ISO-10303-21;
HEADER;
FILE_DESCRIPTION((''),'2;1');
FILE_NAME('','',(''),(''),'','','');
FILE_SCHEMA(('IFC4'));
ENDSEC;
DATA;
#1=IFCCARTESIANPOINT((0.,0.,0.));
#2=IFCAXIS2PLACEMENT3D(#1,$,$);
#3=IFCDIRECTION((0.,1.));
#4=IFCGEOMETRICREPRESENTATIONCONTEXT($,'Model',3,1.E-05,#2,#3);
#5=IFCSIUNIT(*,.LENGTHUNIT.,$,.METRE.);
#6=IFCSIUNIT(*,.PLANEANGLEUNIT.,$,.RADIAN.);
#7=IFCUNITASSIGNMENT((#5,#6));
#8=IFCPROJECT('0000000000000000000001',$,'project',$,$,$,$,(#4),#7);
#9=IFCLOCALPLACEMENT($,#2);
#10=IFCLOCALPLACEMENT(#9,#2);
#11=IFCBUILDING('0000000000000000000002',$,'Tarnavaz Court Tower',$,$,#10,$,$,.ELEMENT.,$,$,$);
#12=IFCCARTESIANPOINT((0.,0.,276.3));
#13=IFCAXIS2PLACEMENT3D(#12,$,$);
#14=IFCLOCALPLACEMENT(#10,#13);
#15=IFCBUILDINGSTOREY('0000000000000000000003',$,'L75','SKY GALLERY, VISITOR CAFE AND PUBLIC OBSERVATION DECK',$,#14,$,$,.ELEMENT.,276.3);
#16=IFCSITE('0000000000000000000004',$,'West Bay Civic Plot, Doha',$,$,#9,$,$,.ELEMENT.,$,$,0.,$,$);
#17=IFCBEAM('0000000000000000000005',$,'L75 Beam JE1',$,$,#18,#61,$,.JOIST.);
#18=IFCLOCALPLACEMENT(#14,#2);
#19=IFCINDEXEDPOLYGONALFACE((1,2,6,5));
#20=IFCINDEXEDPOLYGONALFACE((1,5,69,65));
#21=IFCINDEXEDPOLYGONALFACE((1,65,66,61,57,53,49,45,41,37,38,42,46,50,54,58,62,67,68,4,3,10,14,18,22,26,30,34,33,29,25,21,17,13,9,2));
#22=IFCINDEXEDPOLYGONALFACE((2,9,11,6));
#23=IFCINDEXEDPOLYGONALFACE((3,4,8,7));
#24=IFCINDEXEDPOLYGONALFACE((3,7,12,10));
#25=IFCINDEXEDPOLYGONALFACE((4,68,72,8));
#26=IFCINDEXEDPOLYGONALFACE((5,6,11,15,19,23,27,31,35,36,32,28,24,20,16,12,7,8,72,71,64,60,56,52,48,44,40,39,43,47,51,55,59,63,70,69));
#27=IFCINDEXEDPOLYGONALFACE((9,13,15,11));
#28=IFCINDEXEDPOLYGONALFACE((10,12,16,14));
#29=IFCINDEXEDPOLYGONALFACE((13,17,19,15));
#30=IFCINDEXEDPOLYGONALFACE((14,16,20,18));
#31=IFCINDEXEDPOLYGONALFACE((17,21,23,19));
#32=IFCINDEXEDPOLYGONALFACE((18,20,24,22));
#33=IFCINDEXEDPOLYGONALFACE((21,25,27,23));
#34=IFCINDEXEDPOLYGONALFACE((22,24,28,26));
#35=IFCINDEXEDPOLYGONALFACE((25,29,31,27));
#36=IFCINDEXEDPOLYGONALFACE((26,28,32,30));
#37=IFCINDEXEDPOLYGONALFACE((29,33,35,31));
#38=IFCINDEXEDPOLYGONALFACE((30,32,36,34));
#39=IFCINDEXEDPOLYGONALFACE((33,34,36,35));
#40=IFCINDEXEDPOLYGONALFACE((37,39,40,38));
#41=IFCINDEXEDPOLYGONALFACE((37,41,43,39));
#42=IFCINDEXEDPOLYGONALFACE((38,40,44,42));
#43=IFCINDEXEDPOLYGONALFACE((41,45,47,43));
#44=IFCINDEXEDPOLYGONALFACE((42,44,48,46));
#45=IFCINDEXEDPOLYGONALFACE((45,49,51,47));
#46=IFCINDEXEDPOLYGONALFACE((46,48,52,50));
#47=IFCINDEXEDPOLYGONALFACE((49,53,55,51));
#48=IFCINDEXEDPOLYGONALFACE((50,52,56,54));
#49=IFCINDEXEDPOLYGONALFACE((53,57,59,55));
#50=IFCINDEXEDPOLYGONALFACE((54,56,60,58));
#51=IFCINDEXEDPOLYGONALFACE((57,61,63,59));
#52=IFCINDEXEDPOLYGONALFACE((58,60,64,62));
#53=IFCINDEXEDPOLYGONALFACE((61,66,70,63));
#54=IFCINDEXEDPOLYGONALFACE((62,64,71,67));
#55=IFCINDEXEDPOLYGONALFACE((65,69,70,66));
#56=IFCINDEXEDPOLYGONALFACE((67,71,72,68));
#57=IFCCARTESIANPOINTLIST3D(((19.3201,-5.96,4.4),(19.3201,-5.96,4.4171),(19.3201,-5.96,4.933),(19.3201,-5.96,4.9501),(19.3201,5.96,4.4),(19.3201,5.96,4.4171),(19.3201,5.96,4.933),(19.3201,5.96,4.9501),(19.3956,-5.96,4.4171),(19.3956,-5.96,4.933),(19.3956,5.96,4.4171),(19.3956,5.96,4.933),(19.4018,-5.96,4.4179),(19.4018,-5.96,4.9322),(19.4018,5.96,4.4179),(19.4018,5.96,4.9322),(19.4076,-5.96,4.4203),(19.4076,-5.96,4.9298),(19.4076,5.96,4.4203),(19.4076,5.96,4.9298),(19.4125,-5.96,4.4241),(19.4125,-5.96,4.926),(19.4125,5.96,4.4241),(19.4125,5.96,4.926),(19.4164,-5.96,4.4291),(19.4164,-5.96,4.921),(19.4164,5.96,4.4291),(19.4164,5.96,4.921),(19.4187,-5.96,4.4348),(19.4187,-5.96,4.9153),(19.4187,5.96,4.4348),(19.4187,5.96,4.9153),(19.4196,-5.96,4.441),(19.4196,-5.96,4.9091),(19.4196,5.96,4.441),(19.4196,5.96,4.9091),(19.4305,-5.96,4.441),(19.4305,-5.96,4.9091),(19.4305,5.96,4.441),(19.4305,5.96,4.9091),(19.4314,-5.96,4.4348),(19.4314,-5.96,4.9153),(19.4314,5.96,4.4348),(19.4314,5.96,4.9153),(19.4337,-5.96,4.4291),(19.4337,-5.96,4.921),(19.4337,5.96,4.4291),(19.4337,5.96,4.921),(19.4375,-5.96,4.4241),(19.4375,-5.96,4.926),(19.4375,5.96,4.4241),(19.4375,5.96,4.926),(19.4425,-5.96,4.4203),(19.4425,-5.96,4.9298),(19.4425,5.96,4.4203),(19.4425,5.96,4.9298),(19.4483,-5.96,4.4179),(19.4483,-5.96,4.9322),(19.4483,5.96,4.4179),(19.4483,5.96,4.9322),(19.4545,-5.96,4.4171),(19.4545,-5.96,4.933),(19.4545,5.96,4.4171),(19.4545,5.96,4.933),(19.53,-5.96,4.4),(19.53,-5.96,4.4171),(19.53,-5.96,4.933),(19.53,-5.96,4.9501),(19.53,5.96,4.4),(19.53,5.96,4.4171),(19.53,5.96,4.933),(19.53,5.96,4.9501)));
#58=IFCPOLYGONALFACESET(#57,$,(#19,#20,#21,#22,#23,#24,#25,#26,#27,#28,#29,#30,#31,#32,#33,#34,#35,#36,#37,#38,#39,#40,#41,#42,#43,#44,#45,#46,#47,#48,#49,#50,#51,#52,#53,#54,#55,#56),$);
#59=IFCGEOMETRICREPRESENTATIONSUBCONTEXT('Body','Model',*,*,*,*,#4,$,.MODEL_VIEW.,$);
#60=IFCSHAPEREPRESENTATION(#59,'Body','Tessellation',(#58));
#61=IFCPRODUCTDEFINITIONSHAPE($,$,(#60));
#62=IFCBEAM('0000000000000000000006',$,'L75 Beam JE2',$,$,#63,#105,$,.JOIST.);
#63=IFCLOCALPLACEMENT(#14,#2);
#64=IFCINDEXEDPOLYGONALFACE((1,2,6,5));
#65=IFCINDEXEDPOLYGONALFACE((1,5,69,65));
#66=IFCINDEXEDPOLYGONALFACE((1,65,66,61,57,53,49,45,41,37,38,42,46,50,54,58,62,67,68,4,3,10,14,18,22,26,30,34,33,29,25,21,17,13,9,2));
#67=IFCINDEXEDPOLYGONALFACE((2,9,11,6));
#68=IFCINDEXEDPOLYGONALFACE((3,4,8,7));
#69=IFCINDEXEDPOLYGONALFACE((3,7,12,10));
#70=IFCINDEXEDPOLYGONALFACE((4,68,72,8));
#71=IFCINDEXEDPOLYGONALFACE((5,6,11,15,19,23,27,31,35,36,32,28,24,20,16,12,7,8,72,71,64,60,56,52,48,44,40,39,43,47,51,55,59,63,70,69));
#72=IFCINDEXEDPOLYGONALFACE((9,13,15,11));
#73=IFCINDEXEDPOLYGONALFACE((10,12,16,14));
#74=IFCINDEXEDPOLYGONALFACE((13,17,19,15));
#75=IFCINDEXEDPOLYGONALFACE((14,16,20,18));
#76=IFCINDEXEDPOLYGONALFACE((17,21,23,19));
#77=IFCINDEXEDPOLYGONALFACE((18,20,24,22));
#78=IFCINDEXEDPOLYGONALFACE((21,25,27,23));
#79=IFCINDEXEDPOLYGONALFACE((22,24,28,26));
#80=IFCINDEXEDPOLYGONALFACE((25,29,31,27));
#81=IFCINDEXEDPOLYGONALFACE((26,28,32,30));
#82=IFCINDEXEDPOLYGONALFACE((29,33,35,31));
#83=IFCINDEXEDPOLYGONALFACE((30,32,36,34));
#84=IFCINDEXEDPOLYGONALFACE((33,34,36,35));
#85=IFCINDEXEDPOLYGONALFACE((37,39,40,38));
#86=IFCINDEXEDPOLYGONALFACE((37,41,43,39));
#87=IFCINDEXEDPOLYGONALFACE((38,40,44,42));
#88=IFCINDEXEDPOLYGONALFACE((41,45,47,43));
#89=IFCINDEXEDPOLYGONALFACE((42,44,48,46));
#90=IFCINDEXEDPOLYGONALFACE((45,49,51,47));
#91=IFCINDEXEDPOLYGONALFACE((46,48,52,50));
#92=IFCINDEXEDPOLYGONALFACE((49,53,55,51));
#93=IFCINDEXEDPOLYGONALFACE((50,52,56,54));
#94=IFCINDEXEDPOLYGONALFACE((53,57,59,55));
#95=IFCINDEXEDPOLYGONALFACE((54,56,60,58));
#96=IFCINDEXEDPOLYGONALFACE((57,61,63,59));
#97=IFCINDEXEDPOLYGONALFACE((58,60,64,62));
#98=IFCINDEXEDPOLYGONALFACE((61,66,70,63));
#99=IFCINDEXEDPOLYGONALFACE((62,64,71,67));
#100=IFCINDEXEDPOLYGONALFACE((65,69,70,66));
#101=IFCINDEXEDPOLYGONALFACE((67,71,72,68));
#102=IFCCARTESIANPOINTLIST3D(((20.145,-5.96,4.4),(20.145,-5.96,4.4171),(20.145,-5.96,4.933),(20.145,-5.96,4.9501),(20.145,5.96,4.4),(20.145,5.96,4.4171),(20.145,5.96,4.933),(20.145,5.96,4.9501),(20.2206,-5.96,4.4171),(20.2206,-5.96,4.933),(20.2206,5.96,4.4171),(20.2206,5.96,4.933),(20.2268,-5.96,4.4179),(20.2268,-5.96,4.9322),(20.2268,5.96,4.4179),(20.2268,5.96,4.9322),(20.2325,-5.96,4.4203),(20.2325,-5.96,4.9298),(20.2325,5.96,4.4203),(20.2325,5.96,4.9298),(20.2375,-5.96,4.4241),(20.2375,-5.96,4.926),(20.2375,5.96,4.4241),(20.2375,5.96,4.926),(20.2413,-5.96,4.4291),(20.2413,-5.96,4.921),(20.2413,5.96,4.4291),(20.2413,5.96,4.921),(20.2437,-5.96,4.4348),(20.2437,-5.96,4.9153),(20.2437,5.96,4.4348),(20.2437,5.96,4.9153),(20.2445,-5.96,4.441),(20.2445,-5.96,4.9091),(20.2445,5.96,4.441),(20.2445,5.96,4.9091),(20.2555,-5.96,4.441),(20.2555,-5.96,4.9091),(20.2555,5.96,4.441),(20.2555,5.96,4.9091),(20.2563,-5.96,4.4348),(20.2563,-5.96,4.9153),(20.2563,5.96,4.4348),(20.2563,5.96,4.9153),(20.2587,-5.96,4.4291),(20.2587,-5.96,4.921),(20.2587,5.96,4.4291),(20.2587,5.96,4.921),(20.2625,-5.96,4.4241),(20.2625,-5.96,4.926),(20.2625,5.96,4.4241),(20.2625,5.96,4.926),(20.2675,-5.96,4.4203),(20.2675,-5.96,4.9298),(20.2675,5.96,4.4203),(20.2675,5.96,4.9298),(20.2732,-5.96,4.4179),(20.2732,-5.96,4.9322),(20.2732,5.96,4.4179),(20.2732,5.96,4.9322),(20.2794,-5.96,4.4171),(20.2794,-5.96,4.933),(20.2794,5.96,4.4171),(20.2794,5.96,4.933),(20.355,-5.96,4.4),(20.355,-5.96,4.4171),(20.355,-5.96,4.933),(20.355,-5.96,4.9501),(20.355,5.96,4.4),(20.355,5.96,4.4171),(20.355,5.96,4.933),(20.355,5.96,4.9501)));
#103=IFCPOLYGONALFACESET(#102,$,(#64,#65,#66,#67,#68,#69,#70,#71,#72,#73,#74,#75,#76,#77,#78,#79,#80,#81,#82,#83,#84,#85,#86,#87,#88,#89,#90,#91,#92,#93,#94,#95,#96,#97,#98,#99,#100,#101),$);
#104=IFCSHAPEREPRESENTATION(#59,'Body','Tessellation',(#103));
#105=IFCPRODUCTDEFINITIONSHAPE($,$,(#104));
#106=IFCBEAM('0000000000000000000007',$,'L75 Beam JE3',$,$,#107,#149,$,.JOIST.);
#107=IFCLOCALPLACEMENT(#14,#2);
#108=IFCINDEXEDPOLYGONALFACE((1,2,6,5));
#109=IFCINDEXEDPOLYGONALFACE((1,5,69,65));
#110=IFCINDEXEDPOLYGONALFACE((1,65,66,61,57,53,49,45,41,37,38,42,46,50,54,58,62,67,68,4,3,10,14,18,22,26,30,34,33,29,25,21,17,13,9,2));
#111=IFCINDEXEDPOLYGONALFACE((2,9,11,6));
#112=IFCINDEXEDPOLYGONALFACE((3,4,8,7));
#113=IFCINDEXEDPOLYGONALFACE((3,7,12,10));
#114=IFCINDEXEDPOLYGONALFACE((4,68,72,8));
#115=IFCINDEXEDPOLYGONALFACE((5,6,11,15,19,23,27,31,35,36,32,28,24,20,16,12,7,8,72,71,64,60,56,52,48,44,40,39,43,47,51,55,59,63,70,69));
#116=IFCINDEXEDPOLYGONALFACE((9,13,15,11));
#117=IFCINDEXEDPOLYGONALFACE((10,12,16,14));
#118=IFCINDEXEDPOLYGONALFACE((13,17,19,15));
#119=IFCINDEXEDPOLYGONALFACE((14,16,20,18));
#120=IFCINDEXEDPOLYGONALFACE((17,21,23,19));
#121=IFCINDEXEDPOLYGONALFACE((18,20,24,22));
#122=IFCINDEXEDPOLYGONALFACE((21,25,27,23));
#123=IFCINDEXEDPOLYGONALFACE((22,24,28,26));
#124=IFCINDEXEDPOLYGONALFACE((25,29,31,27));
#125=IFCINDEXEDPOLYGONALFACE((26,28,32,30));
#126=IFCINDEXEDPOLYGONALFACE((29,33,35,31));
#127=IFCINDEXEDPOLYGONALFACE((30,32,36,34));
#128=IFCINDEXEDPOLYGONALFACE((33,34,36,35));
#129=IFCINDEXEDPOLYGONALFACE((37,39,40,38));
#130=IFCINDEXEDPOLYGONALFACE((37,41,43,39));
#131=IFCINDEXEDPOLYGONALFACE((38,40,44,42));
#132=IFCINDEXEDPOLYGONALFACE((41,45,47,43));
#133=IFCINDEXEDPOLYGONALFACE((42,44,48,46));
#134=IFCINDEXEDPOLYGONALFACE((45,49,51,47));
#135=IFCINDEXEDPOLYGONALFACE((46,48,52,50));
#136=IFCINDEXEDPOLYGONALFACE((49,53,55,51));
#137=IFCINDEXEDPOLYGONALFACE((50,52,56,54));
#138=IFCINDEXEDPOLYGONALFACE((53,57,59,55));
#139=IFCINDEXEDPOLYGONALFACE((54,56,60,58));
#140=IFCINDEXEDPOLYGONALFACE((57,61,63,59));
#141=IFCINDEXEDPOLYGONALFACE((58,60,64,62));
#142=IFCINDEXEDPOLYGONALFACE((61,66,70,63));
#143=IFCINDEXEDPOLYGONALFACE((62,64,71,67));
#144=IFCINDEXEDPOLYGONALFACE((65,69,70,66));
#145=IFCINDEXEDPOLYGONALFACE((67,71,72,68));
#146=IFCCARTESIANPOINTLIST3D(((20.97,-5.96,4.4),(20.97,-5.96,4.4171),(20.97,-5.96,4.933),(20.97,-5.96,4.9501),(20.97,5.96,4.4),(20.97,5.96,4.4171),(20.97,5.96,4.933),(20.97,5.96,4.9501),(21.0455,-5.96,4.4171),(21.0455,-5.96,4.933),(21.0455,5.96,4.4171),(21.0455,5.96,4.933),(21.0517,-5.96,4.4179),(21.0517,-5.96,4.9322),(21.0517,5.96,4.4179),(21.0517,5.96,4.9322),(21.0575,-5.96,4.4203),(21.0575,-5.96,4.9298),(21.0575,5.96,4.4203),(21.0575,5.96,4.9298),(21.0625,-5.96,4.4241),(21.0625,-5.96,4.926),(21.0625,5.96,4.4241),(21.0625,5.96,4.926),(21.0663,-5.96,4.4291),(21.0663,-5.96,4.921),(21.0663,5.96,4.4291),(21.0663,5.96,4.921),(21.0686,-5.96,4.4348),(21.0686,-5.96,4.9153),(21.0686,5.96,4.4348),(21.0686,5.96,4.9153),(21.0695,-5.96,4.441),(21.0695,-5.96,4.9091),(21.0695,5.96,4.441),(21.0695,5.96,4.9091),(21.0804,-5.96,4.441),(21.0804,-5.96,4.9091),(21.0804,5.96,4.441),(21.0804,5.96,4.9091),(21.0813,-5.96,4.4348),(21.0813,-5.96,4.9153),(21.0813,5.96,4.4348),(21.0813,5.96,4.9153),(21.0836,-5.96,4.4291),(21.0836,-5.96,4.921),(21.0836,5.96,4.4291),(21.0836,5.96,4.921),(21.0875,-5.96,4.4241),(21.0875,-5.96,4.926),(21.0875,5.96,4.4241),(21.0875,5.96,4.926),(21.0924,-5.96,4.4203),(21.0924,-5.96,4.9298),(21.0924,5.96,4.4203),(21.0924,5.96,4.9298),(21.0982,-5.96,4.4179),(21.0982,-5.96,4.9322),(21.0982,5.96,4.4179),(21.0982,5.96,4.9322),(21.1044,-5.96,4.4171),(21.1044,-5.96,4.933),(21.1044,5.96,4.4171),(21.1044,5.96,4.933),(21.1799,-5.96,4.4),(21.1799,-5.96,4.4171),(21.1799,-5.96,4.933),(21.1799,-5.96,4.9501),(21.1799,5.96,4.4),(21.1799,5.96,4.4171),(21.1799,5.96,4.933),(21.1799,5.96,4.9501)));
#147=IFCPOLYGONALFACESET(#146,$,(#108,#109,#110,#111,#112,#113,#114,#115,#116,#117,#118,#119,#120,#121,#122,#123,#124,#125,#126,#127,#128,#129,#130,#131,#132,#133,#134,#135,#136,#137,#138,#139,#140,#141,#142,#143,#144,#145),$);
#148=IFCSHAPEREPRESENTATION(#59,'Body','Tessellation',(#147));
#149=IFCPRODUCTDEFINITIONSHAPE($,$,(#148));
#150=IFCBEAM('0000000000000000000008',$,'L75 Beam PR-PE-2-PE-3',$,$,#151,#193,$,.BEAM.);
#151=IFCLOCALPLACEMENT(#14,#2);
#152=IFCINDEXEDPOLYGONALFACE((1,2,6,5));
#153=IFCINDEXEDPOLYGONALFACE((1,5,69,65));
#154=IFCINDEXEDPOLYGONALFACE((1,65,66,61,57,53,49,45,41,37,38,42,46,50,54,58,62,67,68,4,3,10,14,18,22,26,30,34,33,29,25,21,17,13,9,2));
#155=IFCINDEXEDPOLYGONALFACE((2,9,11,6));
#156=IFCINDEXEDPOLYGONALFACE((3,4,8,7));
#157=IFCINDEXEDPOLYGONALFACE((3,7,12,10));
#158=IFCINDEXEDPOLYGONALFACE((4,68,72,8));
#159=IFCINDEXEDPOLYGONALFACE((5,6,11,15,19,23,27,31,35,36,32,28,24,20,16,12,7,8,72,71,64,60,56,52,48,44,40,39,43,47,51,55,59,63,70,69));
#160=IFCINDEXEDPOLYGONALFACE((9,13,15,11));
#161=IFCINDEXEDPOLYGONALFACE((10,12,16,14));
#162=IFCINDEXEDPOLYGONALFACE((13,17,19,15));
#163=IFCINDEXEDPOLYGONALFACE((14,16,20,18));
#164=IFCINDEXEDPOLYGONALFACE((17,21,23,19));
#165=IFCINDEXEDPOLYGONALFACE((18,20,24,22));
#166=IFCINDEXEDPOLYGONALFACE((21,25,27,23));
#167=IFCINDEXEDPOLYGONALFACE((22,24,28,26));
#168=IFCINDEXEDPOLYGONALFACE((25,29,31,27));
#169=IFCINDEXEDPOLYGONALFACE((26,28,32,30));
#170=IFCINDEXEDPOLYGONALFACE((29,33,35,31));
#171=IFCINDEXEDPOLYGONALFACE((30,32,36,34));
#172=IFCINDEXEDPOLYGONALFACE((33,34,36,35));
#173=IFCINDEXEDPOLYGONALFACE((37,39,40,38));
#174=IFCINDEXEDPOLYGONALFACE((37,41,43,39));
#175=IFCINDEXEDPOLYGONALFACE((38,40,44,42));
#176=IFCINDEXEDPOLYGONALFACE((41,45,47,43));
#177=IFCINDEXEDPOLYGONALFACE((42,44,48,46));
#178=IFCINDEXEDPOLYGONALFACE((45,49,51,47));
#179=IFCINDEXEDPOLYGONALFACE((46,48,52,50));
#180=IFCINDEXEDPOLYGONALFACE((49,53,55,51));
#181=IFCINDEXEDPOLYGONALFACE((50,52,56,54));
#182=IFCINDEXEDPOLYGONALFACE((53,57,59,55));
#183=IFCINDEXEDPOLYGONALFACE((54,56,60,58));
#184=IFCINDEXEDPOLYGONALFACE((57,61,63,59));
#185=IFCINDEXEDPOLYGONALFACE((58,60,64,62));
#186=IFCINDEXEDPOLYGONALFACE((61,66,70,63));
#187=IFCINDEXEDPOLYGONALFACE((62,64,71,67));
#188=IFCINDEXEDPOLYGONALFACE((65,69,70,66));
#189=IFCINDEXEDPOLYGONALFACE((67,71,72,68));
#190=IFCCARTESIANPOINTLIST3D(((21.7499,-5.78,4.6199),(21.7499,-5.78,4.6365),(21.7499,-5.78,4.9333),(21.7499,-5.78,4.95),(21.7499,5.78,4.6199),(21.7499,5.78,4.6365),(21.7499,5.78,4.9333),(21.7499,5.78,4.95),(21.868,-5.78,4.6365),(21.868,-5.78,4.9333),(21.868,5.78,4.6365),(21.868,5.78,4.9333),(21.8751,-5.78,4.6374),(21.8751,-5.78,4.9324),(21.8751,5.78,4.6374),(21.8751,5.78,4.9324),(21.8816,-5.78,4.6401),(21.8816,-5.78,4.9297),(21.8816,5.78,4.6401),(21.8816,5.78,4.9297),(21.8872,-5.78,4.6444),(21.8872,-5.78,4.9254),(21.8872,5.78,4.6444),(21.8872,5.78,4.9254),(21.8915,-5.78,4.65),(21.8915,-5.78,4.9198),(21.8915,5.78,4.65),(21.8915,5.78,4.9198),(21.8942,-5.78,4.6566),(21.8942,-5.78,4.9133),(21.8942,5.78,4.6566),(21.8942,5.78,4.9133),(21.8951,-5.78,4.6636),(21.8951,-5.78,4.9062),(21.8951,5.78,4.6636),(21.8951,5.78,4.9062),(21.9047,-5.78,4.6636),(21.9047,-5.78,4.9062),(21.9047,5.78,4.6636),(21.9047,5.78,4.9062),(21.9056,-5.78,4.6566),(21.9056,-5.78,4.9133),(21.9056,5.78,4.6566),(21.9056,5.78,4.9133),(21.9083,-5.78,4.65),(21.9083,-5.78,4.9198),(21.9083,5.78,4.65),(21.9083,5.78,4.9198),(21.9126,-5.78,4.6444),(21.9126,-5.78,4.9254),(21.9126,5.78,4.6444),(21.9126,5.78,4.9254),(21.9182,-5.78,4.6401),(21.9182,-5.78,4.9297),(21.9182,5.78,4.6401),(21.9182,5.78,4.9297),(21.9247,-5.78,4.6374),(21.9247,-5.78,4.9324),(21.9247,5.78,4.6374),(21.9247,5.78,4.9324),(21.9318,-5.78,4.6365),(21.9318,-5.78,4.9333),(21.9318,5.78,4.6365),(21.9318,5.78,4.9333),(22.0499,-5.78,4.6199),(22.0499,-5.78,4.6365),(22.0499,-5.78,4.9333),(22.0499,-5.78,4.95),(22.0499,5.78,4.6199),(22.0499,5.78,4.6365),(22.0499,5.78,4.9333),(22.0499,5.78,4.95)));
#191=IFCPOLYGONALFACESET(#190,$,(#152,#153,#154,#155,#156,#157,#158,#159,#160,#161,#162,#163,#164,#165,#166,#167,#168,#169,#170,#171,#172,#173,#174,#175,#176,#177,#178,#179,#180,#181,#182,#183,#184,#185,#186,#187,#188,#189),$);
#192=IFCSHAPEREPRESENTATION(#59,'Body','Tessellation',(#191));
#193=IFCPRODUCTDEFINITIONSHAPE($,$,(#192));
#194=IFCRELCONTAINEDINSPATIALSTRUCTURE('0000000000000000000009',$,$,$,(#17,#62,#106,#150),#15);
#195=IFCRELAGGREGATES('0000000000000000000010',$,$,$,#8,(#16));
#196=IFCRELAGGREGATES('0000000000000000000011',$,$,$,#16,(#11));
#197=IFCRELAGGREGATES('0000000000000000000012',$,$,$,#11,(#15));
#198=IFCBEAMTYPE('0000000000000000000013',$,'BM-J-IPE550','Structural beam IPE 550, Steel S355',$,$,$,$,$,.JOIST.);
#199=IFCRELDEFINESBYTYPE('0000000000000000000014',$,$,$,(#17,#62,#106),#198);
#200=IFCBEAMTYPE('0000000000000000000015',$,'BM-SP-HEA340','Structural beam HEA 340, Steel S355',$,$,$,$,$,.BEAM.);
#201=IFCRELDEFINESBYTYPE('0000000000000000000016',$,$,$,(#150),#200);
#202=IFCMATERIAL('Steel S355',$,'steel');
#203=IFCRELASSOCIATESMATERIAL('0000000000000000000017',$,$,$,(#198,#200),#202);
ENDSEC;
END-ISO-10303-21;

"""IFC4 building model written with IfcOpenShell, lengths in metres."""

from ifc_helpers import new_model, si_unit, direction, frame, origin, origin_2d, place, context, subcontext, project, spatial, i_section, extrude, material, material_profile, profile_set, type_object, element, save


model = new_model("IFC4")

# Units and contexts
model_context = context("Model", 3, precision=1e-05, world=origin(), true_north=direction((0.0, 1.0)))
body_context = subcontext(model_context, "Body", "Model", "MODEL_VIEW")
ifc_project = project(units=[si_unit("LENGTHUNIT", "METRE"), si_unit("PLANEANGLEUNIT", "RADIAN")], contexts=[model_context])

# Site, building, storey
site_placement = place(None, origin())
site = spatial("IfcSite", under=ifc_project, at=site_placement, Name="West Bay Civic Plot, Doha", CompositionType="ELEMENT", RefElevation=0.0)
building_placement = place(site_placement, origin())
building = spatial("IfcBuilding", under=site, at=building_placement, Name="Tarnavaz Court Tower", CompositionType="ELEMENT")
storey_placement = place(building_placement, frame((0.0, 0.0, 276.3)))
storey = spatial("IfcBuildingStorey", under=building, at=storey_placement, Name="L75", Description="SKY GALLERY, VISITOR CAFE AND PUBLIC OBSERVATION DECK", CompositionType="ELEMENT", Elevation=276.3)

# Beams
ifc_material_1 = material(Name="Steel S355", Category="steel")
ifc_material_profile_1 = material_profile(ifc_material_1, i_section(OverallWidth=0.21, OverallDepth=0.55, WebThickness=0.011, FlangeThickness=0.0171, FilletRadius=0.0239, at=origin_2d()), Name="IPE 550")
ifc_profile_set_1 = profile_set([ifc_material_profile_1], Name="Steel S355")
beam_type_1 = type_object("IfcBeamType", Name="BM-J-IPE550", Description="Structural beam IPE 550, Steel S355", PredefinedType="JOIST", material=ifc_profile_set_1)
for number, where, z_axis, x_axis, name in (
    (1, (19.425, -5.96, 4.675), (0.0, 1.0, 0.0), (-1.0, 0.0, 0.0), "L75 Beam JE1"),
    (2, (20.25, -5.96, 4.675), (0.0, 1.0, 0.0), (-1.0, 0.0, 0.0), "L75 Beam JE2"),
    (3, (21.075, -5.96, 4.675), (0.0, 1.0, 0.0), (-1.0, 0.0, 0.0), "L75 Beam JE3"),
):
    element("IfcBeam", number, at=place(storey_placement, frame(where, z_axis=z_axis, x_axis=x_axis)), inside=storey, type_object=beam_type_1, Name=name, PredefinedType="JOIST", context=body_context, shape_type="SweptSolid", body=[
        extrude(i_section(OverallWidth=0.21, OverallDepth=0.55, WebThickness=0.011, FlangeThickness=0.0171, FilletRadius=0.0239, at=origin_2d()), origin(), (0.0, 0.0, 1.0), 11.9199),
    ])
ifc_material_profile_2 = material_profile(ifc_material_1, i_section(OverallWidth=0.3, OverallDepth=0.3301, WebThickness=0.0095, FlangeThickness=0.0166, FilletRadius=0.0271, at=origin_2d()), Name="HEA 340")
ifc_profile_set_2 = profile_set([ifc_material_profile_2], Name="Steel S355")
beam_type_2 = type_object("IfcBeamType", Name="BM-SP-HEA340", Description="Structural beam HEA 340, Steel S355", PredefinedType="BEAM", material=ifc_profile_set_2)
beam_1_placement = place(storey_placement, frame((21.8999, -5.78, 4.7849), z_axis=(0.0, 1.0, 0.0), x_axis=(-1.0, 0.0, 0.0)))
element("IfcBeam", 4, at=beam_1_placement, inside=storey, type_object=beam_type_2, Name="L75 Beam PR-PE-2-PE-3", PredefinedType="BEAM", context=body_context, shape_type="SweptSolid", body=[
    extrude(i_section(OverallWidth=0.3, OverallDepth=0.3301, WebThickness=0.0095, FlangeThickness=0.0166, FilletRadius=0.0271, at=origin_2d()), origin(), (0.0, 0.0, 1.0), 11.5601),
])

save(model, "model.ifc")
